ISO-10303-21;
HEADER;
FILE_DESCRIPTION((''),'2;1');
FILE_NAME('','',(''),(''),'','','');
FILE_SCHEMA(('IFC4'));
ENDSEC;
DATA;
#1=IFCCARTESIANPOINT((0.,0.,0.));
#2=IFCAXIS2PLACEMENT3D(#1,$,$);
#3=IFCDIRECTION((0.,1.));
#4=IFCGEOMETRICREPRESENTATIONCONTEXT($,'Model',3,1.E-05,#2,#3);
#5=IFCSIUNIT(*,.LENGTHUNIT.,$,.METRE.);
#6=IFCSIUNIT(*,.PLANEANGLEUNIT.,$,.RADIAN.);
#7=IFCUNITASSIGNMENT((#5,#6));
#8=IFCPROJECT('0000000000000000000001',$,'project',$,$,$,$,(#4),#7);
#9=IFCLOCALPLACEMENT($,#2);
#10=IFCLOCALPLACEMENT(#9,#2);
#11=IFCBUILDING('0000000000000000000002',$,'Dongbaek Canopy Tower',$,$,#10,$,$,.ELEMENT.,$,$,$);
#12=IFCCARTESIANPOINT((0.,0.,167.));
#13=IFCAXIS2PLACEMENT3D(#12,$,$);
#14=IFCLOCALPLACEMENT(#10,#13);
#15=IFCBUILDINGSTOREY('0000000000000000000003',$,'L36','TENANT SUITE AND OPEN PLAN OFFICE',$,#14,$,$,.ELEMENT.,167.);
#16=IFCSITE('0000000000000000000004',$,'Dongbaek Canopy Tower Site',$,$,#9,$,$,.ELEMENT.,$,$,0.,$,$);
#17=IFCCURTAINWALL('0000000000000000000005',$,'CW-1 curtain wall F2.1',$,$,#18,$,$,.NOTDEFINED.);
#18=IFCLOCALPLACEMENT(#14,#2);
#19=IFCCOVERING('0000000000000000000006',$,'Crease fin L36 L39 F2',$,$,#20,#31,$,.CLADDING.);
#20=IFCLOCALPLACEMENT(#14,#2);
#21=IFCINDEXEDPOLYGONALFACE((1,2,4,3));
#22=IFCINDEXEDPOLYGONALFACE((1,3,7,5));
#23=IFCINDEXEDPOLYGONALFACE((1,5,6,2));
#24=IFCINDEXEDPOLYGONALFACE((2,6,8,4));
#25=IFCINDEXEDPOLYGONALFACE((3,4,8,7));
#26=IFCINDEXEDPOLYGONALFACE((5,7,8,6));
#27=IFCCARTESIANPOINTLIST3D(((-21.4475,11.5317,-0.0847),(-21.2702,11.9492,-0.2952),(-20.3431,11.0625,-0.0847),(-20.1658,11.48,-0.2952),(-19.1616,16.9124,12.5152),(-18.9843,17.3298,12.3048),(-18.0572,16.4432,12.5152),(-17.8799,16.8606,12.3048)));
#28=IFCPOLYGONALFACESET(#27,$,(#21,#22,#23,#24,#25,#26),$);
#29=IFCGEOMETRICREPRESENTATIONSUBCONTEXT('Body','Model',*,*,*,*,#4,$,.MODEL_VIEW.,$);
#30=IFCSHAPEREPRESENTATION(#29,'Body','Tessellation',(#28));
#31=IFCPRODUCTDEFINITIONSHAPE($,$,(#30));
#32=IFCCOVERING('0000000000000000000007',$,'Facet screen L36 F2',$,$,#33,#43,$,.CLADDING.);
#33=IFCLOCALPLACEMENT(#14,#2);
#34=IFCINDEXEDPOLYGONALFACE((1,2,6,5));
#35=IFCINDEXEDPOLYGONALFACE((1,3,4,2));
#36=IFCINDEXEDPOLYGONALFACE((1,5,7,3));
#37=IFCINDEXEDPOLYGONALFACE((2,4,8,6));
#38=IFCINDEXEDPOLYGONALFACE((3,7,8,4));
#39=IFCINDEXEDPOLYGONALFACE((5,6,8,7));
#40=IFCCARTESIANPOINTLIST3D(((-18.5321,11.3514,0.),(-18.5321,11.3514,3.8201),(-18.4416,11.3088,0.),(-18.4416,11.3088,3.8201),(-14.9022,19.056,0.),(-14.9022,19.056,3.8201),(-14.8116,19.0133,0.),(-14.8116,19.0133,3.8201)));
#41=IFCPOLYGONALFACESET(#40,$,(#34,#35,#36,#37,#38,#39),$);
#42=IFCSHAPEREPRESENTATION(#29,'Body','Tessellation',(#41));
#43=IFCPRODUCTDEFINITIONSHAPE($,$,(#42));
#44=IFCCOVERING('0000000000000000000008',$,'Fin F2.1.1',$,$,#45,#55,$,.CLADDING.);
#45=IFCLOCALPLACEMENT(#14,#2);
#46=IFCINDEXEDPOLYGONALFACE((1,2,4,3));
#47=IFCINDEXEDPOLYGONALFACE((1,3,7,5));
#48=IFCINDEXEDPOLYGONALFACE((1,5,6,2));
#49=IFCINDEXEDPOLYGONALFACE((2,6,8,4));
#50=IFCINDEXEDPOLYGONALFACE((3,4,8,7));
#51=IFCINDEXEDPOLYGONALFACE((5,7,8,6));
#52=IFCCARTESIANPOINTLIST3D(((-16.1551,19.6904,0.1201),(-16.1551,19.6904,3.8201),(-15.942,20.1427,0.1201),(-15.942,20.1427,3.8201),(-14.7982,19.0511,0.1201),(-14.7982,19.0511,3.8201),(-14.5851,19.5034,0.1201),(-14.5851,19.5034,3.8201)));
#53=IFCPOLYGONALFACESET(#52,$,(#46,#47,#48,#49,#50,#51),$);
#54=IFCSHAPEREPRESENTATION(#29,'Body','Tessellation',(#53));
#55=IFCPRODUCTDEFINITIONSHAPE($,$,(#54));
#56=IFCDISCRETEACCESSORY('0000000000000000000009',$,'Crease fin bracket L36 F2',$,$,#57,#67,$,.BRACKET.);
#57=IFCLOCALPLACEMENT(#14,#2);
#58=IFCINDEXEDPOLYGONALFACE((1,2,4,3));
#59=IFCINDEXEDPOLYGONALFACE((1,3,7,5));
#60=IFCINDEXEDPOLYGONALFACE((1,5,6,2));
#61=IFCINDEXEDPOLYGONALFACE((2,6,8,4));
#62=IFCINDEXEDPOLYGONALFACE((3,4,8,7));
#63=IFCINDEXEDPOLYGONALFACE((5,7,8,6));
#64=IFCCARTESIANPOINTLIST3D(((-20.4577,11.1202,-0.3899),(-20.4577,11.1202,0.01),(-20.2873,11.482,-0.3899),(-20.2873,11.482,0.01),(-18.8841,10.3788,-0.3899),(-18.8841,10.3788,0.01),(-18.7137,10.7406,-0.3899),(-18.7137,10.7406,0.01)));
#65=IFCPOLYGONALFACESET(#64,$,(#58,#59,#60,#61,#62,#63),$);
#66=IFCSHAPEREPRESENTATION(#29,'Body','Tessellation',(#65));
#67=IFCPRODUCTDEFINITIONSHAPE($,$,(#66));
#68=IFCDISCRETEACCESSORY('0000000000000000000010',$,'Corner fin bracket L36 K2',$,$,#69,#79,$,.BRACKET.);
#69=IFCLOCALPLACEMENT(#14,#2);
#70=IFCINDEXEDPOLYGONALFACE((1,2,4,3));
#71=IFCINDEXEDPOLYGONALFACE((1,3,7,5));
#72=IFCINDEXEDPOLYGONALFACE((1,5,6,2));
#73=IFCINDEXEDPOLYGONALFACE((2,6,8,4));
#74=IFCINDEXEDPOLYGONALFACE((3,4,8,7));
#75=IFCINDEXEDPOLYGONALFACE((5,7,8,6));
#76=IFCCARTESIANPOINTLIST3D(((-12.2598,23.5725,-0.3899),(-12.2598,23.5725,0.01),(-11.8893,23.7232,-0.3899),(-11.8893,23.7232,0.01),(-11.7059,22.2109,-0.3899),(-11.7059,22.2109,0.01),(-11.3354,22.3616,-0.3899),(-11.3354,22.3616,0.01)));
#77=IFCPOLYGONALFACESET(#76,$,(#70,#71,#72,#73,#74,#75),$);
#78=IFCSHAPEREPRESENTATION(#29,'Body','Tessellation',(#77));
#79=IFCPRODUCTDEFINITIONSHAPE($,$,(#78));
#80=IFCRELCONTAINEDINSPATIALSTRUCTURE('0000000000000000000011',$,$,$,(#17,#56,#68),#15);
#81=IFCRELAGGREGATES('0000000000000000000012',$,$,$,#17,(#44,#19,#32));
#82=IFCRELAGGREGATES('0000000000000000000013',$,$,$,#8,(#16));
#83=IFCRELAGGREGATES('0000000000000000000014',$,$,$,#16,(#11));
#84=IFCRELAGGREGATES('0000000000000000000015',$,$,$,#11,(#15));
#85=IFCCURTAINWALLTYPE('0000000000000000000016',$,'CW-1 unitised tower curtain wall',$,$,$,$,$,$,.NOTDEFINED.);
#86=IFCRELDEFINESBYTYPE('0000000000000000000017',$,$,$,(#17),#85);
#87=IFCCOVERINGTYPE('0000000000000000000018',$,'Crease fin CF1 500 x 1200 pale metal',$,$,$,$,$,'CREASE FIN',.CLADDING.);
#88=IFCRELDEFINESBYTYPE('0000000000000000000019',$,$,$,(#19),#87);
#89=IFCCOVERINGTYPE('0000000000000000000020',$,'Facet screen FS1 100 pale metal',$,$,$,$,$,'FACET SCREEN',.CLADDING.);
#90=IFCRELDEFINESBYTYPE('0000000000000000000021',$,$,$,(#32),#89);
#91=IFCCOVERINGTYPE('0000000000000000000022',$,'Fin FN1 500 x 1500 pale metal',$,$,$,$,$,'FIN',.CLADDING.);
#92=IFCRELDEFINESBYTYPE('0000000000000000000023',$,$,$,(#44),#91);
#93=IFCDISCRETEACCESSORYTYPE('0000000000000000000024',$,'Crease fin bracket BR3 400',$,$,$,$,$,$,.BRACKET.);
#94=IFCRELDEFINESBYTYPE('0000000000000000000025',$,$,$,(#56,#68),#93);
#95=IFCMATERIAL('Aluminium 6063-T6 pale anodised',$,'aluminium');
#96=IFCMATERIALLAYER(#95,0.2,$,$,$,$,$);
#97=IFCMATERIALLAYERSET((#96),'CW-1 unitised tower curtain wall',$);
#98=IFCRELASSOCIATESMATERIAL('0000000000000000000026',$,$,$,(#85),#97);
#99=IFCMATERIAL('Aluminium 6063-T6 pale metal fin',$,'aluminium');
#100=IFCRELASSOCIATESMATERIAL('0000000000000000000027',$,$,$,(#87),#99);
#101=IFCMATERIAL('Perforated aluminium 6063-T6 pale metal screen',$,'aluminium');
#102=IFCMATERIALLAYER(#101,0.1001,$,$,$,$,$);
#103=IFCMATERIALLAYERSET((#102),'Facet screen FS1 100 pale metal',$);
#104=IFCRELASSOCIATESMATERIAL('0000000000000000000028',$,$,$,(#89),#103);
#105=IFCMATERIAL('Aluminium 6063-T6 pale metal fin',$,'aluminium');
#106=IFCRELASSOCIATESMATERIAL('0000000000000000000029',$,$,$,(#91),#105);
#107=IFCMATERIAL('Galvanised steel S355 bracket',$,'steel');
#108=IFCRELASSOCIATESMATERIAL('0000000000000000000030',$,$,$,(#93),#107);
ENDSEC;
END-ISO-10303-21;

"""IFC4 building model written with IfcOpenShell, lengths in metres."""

from ifc_helpers import new_model, si_unit, direction, frame, origin, origin_2d, place, context, subcontext, project, spatial, rectangle, extrude, material, layer, layer_set, material_profile, profile_set, type_object, element, aggregate, save


model = new_model("IFC4")

# Units and contexts
model_context = context("Model", 3, precision=1e-05, world=origin(), true_north=direction((0.0, 1.0)))
body_context = subcontext(model_context, "Body", "Model", "MODEL_VIEW")
ifc_project = project(units=[si_unit("LENGTHUNIT", "METRE"), si_unit("PLANEANGLEUNIT", "RADIAN")], contexts=[model_context])

# Site, building, storey
site_placement = place(None, origin())
site = spatial("IfcSite", under=ifc_project, at=site_placement, Name="Dongbaek Canopy Tower Site", CompositionType="ELEMENT", RefElevation=0.0)
building_placement = place(site_placement, origin())
building = spatial("IfcBuilding", under=site, at=building_placement, Name="Dongbaek Canopy Tower", CompositionType="ELEMENT")
storey_placement = place(building_placement, frame((0.0, 0.0, 167.0)))
storey = spatial("IfcBuildingStorey", under=building, at=storey_placement, Name="L36", Description="TENANT SUITE AND OPEN PLAN OFFICE", CompositionType="ELEMENT", Elevation=167.0)

# Curtain wall
ifc_material_1 = material(Name="Aluminium 6063-T6 pale anodised", Category="aluminium")
ifc_layer_1 = layer(ifc_material_1, 0.2)
ifc_layer_set_1 = layer_set([ifc_layer_1], Name="CW-1 unitised tower curtain wall")
curtain_wall_type = type_object("IfcCurtainWallType", Name="CW-1 unitised tower curtain wall", PredefinedType="NOTDEFINED", material=ifc_layer_set_1)
curtain_wall_1_placement = place(storey_placement, origin())
curtain_wall_1 = element("IfcCurtainWall", 1, at=curtain_wall_1_placement, inside=storey, type_object=curtain_wall_type, Name="CW-1 curtain wall F2.1", PredefinedType="NOTDEFINED")

# Coverings
ifc_material_2 = material(Name="Aluminium 6063-T6 pale metal fin", Category="aluminium")
ifc_material_profile_1 = material_profile(ifc_material_2, rectangle(XDim=1.2, YDim=0.5, at=origin_2d()), Name="Crease fin CF1 500 x 1200 pale metal")
ifc_profile_set_1 = profile_set([ifc_material_profile_1], Name="Aluminium 6063-T6 pale metal fin")
covering_type_1 = type_object("IfcCoveringType", Name="Crease fin CF1 500 x 1200 pale metal", ElementType="CREASE FIN", PredefinedType="CLADDING", material=ifc_profile_set_1)
covering_1_placement = place(storey_placement, frame((-20.8066, 11.5059, -0.1899), z_axis=(0.164571, 0.387373, 0.907116), x_axis=(-0.920385, 0.391014, 0.0)))
covering_1 = element("IfcCovering", 2, at=covering_1_placement, type_object=covering_type_1, Name="Crease fin L36 L39 F2", PredefinedType="CLADDING", context=body_context, shape_type="SweptSolid", body=[
    extrude(rectangle(XDim=1.2, YDim=0.5, at=origin_2d()), origin(), (0.0, 0.0, 1.0), 13.8901),
])
ifc_material_3 = material(Name="Perforated aluminium 6063-T6 pale metal screen", Category="aluminium")
ifc_layer_2 = layer(ifc_material_3, 0.1001)
ifc_layer_set_2 = layer_set([ifc_layer_2], Name="Facet screen FS1 100 pale metal")
covering_type_2 = type_object("IfcCoveringType", Name="Facet screen FS1 100 pale metal", ElementType="FACET SCREEN", PredefinedType="CLADDING", material=ifc_layer_set_2)
covering_2_placement = place(storey_placement, frame((-16.6719, 15.1824, 0.0), z_axis=(0.0, 0.0, 1.0), x_axis=(-0.426207, -0.904626, 0.0)))
covering_2 = element("IfcCovering", 3, at=covering_2_placement, type_object=covering_type_2, Name="Facet screen L36 F2", PredefinedType="CLADDING", context=body_context, shape_type="SweptSolid", body=[
    extrude(rectangle(XDim=8.5168, YDim=0.1001, at=origin_2d()), origin(), (0.0, 0.0, 1.0), 3.8201),
])
ifc_material_4 = material(Name="Aluminium 6063-T6 pale metal fin", Category="aluminium")
ifc_material_profile_2 = material_profile(ifc_material_4, rectangle(XDim=1.5, YDim=0.5, at=origin_2d()), Name="Fin FN1 500 x 1500 pale metal")
ifc_profile_set_2 = profile_set([ifc_material_profile_2], Name="Aluminium 6063-T6 pale metal fin")
covering_type_3 = type_object("IfcCoveringType", Name="Fin FN1 500 x 1500 pale metal", ElementType="FIN", PredefinedType="CLADDING", material=ifc_profile_set_2)
covering_3_placement = place(storey_placement, frame((-15.3701, 19.5969, 0.1201), z_axis=(0.0, 0.0, 1.0), x_axis=(-0.904626, 0.426207, 0.0)))
covering_3 = element("IfcCovering", 4, at=covering_3_placement, type_object=covering_type_3, Name="Fin F2.1.1", PredefinedType="CLADDING", context=body_context, shape_type="SweptSolid", body=[
    extrude(rectangle(XDim=1.5, YDim=0.5, at=origin_2d()), origin(), (0.0, 0.0, 1.0), 3.7),
])
aggregate(curtain_wall_1, [covering_3, covering_1, covering_2])

# Discrete accessories
ifc_material_5 = material(Name="Galvanised steel S355 bracket", Category="steel")
discrete_accessory_type = type_object("IfcDiscreteAccessoryType", Name="Crease fin bracket BR3 400", PredefinedType="BRACKET", material=ifc_material_5)
discrete_accessory_1_placement = place(storey_placement, frame((-19.5857, 10.9304, -0.3899), z_axis=(0.0, 0.0, 1.0), x_axis=(-0.904626, 0.426207, 0.0)))
element("IfcDiscreteAccessory", 5, at=discrete_accessory_1_placement, inside=storey, type_object=discrete_accessory_type, Name="Crease fin bracket L36 F2", PredefinedType="BRACKET", context=body_context, shape_type="SweptSolid", body=[
    extrude(rectangle(XDim=1.7395, YDim=0.3999, at=origin_2d()), origin(), (0.0, 0.0, 1.0), 0.3999),
])
discrete_accessory_2_placement = place(storey_placement, frame((-11.7976, 22.967, -0.3899), z_axis=(0.0, 0.0, 1.0), x_axis=(-0.376811, 0.92629, 0.0)))
element("IfcDiscreteAccessory", 6, at=discrete_accessory_2_placement, inside=storey, type_object=discrete_accessory_type, Name="Corner fin bracket L36 K2", PredefinedType="BRACKET", context=body_context, shape_type="SweptSolid", body=[
    extrude(rectangle(XDim=1.47, YDim=0.3999, at=origin_2d()), origin(), (0.0, 0.0, 1.0), 0.3999),
])

save(model, "model.ifc")
